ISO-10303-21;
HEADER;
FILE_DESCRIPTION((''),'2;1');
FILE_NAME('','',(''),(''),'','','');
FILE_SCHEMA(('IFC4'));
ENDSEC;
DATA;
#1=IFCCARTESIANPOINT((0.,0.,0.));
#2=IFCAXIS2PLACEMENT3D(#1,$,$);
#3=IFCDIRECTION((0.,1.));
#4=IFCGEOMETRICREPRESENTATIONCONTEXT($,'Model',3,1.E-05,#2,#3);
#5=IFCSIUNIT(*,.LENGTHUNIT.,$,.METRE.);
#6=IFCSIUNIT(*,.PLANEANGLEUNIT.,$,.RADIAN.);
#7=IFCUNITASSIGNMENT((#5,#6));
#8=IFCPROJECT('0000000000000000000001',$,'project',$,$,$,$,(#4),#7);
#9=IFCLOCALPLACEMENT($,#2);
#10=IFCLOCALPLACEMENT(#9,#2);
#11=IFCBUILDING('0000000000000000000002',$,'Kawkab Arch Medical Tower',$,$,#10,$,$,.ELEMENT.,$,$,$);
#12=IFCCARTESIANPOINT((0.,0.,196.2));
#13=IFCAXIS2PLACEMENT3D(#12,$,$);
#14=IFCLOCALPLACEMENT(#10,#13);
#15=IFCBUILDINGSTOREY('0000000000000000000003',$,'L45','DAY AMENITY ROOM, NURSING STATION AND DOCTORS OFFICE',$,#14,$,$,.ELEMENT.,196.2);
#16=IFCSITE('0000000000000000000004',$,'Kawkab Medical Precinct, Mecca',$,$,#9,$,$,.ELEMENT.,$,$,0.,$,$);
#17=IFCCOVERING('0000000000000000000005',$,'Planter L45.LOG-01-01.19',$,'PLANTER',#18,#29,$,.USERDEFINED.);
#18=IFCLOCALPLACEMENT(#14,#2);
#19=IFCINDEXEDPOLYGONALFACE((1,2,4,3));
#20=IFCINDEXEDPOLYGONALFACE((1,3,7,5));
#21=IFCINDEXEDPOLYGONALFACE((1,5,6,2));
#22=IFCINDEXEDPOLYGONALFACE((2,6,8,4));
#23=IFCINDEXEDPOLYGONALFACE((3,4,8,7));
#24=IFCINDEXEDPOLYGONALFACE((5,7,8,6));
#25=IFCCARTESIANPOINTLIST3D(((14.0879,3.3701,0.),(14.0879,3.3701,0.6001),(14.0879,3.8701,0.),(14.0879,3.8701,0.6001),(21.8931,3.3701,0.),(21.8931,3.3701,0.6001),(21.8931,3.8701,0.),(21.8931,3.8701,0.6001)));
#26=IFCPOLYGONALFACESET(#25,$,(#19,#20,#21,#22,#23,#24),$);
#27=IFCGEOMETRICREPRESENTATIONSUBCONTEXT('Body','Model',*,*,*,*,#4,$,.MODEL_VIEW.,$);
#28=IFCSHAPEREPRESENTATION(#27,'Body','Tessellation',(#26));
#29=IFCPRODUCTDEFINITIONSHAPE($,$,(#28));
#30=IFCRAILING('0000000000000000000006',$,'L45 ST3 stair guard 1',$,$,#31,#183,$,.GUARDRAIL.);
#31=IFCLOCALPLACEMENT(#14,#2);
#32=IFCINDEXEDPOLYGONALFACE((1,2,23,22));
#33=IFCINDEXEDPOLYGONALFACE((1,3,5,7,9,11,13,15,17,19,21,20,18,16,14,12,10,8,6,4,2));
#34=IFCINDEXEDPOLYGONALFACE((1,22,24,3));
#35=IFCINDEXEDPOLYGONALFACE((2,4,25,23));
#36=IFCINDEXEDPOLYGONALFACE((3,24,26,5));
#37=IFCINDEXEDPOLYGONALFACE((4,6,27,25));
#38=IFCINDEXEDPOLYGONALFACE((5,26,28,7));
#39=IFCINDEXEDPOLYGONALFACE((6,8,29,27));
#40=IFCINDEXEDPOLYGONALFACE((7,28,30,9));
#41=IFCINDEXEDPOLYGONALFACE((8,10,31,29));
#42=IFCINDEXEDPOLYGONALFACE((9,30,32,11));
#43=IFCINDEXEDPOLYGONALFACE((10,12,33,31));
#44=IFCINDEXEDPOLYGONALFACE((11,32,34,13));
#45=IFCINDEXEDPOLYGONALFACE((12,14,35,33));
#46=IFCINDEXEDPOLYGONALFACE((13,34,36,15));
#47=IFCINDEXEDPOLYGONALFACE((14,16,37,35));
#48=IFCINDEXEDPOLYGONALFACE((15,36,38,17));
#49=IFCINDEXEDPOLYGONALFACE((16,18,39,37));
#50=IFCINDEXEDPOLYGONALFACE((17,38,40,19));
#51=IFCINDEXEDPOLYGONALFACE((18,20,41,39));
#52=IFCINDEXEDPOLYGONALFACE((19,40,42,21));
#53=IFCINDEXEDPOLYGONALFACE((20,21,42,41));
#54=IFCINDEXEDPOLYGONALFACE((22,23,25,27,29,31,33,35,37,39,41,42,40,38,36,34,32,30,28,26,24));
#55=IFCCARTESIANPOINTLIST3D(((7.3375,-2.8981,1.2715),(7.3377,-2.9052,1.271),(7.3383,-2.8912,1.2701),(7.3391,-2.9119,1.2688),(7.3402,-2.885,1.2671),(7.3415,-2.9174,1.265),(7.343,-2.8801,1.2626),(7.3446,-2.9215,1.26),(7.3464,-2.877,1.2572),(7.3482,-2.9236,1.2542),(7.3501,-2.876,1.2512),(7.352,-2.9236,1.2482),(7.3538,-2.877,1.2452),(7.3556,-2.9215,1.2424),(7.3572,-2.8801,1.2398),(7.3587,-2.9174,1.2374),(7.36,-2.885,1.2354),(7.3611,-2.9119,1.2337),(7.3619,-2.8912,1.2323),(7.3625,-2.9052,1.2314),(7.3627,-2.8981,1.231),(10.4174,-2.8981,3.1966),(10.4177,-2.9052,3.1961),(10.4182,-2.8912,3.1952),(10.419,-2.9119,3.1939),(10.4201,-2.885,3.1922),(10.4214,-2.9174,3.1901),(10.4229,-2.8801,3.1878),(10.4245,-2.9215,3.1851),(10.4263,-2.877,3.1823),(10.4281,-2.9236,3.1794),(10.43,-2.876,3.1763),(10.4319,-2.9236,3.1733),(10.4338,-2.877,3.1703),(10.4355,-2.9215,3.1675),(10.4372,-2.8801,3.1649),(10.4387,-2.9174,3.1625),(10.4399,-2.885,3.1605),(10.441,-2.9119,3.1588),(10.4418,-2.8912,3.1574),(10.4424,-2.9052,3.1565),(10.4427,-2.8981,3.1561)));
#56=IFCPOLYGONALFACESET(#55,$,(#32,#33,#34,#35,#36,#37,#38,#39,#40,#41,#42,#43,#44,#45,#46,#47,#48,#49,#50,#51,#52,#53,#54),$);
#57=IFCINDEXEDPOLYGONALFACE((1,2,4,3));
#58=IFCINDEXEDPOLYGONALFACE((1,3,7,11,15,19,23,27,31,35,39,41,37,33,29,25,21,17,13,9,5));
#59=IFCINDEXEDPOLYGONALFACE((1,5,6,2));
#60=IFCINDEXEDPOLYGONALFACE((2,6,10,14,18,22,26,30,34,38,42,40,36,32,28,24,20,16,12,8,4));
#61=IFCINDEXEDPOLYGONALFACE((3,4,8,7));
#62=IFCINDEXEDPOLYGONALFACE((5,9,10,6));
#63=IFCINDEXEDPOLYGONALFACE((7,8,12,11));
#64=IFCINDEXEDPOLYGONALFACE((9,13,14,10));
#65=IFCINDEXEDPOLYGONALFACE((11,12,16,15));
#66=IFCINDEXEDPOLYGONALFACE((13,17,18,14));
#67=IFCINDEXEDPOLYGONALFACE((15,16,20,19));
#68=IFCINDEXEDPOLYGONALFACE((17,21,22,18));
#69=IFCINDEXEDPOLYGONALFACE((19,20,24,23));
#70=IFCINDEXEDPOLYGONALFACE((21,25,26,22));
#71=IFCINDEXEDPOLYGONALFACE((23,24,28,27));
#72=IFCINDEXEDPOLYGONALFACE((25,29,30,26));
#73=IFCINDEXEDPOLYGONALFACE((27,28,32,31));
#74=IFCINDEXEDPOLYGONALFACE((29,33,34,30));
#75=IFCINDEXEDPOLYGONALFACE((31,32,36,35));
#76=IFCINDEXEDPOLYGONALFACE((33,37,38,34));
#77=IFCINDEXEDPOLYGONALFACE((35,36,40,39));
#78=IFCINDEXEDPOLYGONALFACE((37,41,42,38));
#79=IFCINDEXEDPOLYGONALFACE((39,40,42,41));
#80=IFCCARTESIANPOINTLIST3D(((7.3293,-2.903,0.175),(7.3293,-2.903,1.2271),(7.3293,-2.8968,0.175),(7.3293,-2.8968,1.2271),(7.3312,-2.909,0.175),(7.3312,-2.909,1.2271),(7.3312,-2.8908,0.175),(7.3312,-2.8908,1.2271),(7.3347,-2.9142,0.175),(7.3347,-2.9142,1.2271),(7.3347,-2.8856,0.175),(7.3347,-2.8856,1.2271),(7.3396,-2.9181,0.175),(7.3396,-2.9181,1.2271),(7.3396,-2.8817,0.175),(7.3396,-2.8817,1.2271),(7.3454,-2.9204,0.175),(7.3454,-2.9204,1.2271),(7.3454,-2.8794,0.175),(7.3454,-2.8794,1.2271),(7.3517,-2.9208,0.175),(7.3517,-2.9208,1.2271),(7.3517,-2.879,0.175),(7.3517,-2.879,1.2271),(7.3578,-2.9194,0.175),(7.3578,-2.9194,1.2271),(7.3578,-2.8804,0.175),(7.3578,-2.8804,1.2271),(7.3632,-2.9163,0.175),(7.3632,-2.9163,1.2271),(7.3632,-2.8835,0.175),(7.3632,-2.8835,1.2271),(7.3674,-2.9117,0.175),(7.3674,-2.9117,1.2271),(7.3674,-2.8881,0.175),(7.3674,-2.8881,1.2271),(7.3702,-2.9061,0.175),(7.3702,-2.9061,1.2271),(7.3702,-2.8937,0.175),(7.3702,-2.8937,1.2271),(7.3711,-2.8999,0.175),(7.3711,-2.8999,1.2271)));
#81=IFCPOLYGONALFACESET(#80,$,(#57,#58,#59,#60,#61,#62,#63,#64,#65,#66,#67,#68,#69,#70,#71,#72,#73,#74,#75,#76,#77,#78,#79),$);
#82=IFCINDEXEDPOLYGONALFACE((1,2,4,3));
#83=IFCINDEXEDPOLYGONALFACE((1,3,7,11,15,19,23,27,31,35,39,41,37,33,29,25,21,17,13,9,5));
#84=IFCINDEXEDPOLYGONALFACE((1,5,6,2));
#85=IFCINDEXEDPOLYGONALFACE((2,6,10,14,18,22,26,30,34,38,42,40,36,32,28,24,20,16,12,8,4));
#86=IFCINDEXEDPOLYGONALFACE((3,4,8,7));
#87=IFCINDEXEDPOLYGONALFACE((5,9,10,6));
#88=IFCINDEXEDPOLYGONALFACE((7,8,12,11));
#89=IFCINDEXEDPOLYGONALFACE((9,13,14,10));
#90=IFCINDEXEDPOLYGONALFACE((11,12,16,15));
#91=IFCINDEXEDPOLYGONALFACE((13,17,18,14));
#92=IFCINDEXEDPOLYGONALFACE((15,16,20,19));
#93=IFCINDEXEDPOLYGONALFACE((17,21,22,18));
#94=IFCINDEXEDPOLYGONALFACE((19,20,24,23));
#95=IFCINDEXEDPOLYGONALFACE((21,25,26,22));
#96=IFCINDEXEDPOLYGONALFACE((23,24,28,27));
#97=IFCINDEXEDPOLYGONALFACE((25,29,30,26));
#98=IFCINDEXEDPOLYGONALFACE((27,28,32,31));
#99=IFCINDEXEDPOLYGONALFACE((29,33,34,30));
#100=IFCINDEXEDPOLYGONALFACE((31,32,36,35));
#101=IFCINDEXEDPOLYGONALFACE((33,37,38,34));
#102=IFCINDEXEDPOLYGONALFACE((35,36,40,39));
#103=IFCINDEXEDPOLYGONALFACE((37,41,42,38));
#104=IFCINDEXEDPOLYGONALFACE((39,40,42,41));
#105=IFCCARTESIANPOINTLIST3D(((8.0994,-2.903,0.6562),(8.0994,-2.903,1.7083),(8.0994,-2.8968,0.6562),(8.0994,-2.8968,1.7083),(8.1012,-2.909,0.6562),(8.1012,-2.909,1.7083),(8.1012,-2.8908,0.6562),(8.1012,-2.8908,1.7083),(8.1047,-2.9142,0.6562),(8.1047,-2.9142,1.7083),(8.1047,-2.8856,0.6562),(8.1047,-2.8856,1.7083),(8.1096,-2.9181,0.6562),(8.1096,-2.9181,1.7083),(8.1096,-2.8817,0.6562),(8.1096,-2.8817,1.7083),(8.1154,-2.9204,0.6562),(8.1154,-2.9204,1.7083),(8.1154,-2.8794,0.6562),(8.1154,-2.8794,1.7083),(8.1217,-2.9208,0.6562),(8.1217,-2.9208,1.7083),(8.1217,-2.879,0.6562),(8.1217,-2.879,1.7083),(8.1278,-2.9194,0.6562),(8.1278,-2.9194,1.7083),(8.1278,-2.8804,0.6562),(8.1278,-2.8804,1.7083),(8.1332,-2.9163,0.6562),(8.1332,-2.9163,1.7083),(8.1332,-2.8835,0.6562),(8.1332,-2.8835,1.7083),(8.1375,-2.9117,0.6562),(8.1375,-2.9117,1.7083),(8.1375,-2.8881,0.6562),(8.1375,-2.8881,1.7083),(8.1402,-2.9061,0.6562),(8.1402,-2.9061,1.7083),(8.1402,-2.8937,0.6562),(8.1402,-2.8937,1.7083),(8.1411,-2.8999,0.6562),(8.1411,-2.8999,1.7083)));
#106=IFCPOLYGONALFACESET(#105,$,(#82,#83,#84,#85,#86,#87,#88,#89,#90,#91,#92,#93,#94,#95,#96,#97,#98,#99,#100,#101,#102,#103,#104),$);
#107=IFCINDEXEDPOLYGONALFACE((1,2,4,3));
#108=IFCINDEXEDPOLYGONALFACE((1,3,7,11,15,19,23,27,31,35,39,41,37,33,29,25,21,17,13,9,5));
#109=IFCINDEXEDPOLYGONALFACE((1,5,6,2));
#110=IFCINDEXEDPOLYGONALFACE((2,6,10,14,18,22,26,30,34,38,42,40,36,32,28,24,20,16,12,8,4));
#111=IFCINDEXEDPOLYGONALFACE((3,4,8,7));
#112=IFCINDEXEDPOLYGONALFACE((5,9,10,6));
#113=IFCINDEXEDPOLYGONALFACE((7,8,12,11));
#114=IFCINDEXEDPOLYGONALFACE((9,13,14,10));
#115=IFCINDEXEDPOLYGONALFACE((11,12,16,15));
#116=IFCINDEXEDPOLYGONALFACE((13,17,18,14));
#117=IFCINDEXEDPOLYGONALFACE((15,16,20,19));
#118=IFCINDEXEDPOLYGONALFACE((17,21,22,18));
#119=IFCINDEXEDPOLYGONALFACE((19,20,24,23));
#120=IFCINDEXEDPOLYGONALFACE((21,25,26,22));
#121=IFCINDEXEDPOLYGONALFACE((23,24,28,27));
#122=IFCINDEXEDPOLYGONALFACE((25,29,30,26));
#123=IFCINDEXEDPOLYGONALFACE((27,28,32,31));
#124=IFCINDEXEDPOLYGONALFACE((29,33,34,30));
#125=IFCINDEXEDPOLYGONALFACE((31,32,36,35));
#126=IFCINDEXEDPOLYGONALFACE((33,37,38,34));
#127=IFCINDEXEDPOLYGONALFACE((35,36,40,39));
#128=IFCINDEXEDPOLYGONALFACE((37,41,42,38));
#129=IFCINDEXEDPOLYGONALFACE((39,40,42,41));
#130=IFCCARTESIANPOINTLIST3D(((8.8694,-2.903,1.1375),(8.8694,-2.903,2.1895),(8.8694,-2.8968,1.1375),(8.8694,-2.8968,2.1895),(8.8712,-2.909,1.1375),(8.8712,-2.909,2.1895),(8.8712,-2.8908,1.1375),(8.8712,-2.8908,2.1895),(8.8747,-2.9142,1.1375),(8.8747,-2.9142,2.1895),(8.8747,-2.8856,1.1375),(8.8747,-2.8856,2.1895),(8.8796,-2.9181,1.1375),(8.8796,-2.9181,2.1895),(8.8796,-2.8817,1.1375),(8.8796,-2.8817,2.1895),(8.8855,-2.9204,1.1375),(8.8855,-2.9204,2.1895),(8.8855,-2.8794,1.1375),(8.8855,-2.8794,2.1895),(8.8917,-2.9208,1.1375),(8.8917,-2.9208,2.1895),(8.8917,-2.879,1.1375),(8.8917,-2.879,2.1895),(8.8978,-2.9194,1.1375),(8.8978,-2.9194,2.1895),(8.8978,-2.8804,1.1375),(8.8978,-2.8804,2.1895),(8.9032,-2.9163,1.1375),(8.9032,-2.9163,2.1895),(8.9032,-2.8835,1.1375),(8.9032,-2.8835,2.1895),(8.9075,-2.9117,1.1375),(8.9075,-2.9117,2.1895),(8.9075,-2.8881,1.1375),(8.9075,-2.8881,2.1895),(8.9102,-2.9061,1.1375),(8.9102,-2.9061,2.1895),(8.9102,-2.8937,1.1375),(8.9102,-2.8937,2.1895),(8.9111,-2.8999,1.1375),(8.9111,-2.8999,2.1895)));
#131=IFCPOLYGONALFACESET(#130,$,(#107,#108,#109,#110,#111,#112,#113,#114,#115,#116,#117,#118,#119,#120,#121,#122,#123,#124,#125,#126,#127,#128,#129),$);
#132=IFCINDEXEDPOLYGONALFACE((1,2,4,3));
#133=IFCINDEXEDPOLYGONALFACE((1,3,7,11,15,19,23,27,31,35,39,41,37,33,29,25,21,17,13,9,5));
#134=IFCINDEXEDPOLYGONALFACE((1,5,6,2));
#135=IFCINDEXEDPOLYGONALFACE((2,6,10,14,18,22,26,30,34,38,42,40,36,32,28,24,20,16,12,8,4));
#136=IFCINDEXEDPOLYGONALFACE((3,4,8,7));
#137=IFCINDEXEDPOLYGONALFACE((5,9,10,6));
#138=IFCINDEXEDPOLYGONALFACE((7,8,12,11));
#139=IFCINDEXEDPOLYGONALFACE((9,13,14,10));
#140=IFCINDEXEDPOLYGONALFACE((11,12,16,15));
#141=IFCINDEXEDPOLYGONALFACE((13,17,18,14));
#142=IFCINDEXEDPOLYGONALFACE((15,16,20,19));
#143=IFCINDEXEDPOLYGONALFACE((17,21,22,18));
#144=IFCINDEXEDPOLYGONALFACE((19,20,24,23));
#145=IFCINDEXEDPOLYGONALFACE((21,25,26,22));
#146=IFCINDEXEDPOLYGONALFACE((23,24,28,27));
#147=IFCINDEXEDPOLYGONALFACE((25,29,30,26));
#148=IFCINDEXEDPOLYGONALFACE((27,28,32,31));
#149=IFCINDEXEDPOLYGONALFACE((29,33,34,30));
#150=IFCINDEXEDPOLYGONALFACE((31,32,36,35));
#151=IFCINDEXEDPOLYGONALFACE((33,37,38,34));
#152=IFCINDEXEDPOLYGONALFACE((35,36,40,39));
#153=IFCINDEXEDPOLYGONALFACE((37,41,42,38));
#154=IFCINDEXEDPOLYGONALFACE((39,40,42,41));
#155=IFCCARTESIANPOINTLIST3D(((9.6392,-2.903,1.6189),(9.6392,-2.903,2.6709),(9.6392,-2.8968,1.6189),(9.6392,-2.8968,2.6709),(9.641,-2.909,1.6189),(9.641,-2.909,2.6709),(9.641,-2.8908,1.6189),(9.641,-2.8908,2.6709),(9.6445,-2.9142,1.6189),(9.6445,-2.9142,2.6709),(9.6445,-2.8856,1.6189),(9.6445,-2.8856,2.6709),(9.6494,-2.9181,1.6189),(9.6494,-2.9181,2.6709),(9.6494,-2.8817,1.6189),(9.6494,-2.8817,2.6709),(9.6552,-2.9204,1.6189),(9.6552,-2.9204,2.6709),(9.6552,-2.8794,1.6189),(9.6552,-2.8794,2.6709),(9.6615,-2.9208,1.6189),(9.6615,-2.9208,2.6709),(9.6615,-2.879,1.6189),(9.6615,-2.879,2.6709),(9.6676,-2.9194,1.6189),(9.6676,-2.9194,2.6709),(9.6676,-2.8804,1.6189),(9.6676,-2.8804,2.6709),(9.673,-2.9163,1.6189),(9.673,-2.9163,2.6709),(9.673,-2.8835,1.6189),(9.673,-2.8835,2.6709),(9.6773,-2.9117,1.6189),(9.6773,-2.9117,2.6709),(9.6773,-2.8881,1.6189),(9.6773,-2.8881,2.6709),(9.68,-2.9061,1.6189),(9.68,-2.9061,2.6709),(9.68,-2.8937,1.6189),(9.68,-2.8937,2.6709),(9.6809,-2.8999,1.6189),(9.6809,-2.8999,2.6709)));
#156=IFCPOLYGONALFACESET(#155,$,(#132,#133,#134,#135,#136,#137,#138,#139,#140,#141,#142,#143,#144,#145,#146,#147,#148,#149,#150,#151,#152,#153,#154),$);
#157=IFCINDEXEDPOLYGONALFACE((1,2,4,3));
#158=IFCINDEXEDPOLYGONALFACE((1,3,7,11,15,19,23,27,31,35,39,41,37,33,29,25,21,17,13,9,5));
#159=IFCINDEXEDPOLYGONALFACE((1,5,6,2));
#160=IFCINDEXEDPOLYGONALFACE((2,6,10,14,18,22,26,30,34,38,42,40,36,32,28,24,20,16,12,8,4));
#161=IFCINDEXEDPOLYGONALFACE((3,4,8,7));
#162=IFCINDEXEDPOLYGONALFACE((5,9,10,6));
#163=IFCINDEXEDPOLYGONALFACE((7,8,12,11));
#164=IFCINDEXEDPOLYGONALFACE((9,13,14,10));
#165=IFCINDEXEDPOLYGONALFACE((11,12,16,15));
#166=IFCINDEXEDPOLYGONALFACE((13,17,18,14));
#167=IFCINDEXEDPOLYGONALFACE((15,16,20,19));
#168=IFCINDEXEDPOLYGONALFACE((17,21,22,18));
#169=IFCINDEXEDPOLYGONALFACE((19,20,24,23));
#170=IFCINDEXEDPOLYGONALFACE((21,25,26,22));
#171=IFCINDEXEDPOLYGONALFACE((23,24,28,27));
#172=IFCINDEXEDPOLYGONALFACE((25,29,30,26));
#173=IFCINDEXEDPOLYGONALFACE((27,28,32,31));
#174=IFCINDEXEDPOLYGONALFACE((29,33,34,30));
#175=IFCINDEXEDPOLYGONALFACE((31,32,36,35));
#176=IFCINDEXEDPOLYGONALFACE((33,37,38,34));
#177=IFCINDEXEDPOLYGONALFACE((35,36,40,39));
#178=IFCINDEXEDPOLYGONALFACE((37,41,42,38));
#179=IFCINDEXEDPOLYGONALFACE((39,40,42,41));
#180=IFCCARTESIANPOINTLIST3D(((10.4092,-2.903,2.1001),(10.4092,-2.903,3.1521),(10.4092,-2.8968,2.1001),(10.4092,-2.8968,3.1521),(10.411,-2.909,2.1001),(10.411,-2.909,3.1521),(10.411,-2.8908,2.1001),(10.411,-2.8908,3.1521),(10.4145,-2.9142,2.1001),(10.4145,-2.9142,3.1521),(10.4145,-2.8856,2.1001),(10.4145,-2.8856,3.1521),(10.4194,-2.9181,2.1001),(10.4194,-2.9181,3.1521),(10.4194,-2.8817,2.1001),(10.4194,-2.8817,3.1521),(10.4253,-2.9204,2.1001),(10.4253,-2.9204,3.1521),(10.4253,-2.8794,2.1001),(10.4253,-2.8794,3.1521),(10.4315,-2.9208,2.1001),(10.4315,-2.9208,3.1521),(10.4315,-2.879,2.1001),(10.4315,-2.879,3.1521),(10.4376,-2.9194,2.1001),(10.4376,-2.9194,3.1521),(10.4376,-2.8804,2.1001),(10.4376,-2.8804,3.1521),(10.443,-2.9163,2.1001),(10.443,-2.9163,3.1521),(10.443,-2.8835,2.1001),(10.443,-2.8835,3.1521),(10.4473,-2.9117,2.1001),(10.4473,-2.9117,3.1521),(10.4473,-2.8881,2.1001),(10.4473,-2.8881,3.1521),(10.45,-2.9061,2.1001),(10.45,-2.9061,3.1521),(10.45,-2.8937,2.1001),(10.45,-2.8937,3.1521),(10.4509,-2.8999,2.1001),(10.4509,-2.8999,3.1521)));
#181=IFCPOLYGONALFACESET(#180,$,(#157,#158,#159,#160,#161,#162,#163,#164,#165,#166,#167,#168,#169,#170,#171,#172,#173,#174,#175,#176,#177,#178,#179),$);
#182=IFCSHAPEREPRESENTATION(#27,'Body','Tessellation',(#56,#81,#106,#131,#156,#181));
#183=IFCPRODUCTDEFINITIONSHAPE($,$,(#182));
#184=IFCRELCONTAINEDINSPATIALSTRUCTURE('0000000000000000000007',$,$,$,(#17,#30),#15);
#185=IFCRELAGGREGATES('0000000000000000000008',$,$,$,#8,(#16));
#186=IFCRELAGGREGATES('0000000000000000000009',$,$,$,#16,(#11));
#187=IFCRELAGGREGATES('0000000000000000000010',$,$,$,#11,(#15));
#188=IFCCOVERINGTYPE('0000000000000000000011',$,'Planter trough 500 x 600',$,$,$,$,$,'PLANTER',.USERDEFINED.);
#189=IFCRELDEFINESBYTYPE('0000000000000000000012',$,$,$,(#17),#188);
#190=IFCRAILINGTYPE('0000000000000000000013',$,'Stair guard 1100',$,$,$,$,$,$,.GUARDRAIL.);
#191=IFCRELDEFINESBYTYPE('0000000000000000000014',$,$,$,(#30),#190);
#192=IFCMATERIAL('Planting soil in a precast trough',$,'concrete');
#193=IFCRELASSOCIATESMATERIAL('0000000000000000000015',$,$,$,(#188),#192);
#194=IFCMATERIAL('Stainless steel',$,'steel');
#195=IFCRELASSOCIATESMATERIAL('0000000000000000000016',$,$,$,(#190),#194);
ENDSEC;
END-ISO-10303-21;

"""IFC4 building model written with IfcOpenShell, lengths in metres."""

from ifc_helpers import new_model, si_unit, direction, frame, origin, origin_2d, place, context, subcontext, project, spatial, rectangle, circle, extrude, material, material_profile, profile_set, type_object, element, save


model = new_model("IFC4")

# Units and contexts
model_context = context("Model", 3, precision=1e-05, world=origin(), true_north=direction((0.0, 1.0)))
body_context = subcontext(model_context, "Body", "Model", "MODEL_VIEW")
ifc_project = project(units=[si_unit("LENGTHUNIT", "METRE"), si_unit("PLANEANGLEUNIT", "RADIAN")], contexts=[model_context])

# Site, building, storey
site_placement = place(None, origin())
site = spatial("IfcSite", under=ifc_project, at=site_placement, Name="Kawkab Medical Precinct, Mecca", CompositionType="ELEMENT", RefElevation=0.0)
building_placement = place(site_placement, origin())
building = spatial("IfcBuilding", under=site, at=building_placement, Name="Kawkab Arch Medical Tower", CompositionType="ELEMENT")
storey_placement = place(building_placement, frame((0.0, 0.0, 196.2)))
storey = spatial("IfcBuildingStorey", under=building, at=storey_placement, Name="L45", Description="DAY AMENITY ROOM, NURSING STATION AND DOCTORS OFFICE", CompositionType="ELEMENT", Elevation=196.2)

# Covering
ifc_material_1 = material(Name="Planting soil in a precast trough", Category="concrete")
ifc_material_profile_1 = material_profile(ifc_material_1, rectangle(XDim=0.5, YDim=0.6001, at=origin_2d()), Name="Trough 500x600")
ifc_profile_set_1 = profile_set([ifc_material_profile_1], Name="Planting soil in a precast trough")
covering_type_1 = type_object("IfcCoveringType", Name="Planter trough 500 x 600", ElementType="PLANTER", PredefinedType="USERDEFINED", material=ifc_profile_set_1)
covering_1_placement = place(storey_placement, frame((14.0879, 3.6201, 0.3), z_axis=(1.0, 0.0, 0.0), x_axis=(0.0, 1.0, 0.0)))
element("IfcCovering", 1, at=covering_1_placement, inside=storey, type_object=covering_type_1, Name="Planter L45.LOG-01-01.19", ObjectType="PLANTER", PredefinedType="USERDEFINED", context=body_context, shape_type="SweptSolid", body=[
    extrude(rectangle(XDim=0.5, YDim=0.6001, at=origin_2d()), origin(), (0.0, 0.0, 1.0), 7.8052),
])

# Railing
ifc_material_2 = material(Name="Stainless steel", Category="steel")
railing_type_1 = type_object("IfcRailingType", Name="Stair guard 1100", PredefinedType="GUARDRAIL", material=ifc_material_2)
railing_1_placement = place(storey_placement, frame((7.3501, -2.8999, 0.175)))
element("IfcRailing", 2, at=railing_1_placement, inside=storey, type_object=railing_type_1, Name="L45 ST3 stair guard 1", PredefinedType="GUARDRAIL", context=body_context, shape_type="SweptSolid", body=[
    extrude(circle(Radius=0.0239, at=origin_2d()), frame((0.0, 0.0, 1.0762), z_axis=(0.847979, 0.0, 0.530029), x_axis=(0.0, 1.0, 0.0)), (0.0, 0.0, 1.0), 3.6321),
    extrude(circle(Radius=0.021, at=origin_2d()), origin(), (0.0, 0.0, 1.0), 1.052),
    extrude(circle(Radius=0.021, at=origin_2d()), frame((0.77, 0.0, 0.4812)), (0.0, 0.0, 1.0), 1.052),
    extrude(circle(Radius=0.021, at=origin_2d()), frame((1.54, 0.0, 0.9624)), (0.0, 0.0, 1.0), 1.052),
    extrude(circle(Radius=0.021, at=origin_2d()), frame((2.3098, 0.0, 1.4438)), (0.0, 0.0, 1.0), 1.052),
    extrude(circle(Radius=0.021, at=origin_2d()), frame((3.0798, 0.0, 1.925)), (0.0, 0.0, 1.0), 1.052),
])

save(model, "model.ifc")
